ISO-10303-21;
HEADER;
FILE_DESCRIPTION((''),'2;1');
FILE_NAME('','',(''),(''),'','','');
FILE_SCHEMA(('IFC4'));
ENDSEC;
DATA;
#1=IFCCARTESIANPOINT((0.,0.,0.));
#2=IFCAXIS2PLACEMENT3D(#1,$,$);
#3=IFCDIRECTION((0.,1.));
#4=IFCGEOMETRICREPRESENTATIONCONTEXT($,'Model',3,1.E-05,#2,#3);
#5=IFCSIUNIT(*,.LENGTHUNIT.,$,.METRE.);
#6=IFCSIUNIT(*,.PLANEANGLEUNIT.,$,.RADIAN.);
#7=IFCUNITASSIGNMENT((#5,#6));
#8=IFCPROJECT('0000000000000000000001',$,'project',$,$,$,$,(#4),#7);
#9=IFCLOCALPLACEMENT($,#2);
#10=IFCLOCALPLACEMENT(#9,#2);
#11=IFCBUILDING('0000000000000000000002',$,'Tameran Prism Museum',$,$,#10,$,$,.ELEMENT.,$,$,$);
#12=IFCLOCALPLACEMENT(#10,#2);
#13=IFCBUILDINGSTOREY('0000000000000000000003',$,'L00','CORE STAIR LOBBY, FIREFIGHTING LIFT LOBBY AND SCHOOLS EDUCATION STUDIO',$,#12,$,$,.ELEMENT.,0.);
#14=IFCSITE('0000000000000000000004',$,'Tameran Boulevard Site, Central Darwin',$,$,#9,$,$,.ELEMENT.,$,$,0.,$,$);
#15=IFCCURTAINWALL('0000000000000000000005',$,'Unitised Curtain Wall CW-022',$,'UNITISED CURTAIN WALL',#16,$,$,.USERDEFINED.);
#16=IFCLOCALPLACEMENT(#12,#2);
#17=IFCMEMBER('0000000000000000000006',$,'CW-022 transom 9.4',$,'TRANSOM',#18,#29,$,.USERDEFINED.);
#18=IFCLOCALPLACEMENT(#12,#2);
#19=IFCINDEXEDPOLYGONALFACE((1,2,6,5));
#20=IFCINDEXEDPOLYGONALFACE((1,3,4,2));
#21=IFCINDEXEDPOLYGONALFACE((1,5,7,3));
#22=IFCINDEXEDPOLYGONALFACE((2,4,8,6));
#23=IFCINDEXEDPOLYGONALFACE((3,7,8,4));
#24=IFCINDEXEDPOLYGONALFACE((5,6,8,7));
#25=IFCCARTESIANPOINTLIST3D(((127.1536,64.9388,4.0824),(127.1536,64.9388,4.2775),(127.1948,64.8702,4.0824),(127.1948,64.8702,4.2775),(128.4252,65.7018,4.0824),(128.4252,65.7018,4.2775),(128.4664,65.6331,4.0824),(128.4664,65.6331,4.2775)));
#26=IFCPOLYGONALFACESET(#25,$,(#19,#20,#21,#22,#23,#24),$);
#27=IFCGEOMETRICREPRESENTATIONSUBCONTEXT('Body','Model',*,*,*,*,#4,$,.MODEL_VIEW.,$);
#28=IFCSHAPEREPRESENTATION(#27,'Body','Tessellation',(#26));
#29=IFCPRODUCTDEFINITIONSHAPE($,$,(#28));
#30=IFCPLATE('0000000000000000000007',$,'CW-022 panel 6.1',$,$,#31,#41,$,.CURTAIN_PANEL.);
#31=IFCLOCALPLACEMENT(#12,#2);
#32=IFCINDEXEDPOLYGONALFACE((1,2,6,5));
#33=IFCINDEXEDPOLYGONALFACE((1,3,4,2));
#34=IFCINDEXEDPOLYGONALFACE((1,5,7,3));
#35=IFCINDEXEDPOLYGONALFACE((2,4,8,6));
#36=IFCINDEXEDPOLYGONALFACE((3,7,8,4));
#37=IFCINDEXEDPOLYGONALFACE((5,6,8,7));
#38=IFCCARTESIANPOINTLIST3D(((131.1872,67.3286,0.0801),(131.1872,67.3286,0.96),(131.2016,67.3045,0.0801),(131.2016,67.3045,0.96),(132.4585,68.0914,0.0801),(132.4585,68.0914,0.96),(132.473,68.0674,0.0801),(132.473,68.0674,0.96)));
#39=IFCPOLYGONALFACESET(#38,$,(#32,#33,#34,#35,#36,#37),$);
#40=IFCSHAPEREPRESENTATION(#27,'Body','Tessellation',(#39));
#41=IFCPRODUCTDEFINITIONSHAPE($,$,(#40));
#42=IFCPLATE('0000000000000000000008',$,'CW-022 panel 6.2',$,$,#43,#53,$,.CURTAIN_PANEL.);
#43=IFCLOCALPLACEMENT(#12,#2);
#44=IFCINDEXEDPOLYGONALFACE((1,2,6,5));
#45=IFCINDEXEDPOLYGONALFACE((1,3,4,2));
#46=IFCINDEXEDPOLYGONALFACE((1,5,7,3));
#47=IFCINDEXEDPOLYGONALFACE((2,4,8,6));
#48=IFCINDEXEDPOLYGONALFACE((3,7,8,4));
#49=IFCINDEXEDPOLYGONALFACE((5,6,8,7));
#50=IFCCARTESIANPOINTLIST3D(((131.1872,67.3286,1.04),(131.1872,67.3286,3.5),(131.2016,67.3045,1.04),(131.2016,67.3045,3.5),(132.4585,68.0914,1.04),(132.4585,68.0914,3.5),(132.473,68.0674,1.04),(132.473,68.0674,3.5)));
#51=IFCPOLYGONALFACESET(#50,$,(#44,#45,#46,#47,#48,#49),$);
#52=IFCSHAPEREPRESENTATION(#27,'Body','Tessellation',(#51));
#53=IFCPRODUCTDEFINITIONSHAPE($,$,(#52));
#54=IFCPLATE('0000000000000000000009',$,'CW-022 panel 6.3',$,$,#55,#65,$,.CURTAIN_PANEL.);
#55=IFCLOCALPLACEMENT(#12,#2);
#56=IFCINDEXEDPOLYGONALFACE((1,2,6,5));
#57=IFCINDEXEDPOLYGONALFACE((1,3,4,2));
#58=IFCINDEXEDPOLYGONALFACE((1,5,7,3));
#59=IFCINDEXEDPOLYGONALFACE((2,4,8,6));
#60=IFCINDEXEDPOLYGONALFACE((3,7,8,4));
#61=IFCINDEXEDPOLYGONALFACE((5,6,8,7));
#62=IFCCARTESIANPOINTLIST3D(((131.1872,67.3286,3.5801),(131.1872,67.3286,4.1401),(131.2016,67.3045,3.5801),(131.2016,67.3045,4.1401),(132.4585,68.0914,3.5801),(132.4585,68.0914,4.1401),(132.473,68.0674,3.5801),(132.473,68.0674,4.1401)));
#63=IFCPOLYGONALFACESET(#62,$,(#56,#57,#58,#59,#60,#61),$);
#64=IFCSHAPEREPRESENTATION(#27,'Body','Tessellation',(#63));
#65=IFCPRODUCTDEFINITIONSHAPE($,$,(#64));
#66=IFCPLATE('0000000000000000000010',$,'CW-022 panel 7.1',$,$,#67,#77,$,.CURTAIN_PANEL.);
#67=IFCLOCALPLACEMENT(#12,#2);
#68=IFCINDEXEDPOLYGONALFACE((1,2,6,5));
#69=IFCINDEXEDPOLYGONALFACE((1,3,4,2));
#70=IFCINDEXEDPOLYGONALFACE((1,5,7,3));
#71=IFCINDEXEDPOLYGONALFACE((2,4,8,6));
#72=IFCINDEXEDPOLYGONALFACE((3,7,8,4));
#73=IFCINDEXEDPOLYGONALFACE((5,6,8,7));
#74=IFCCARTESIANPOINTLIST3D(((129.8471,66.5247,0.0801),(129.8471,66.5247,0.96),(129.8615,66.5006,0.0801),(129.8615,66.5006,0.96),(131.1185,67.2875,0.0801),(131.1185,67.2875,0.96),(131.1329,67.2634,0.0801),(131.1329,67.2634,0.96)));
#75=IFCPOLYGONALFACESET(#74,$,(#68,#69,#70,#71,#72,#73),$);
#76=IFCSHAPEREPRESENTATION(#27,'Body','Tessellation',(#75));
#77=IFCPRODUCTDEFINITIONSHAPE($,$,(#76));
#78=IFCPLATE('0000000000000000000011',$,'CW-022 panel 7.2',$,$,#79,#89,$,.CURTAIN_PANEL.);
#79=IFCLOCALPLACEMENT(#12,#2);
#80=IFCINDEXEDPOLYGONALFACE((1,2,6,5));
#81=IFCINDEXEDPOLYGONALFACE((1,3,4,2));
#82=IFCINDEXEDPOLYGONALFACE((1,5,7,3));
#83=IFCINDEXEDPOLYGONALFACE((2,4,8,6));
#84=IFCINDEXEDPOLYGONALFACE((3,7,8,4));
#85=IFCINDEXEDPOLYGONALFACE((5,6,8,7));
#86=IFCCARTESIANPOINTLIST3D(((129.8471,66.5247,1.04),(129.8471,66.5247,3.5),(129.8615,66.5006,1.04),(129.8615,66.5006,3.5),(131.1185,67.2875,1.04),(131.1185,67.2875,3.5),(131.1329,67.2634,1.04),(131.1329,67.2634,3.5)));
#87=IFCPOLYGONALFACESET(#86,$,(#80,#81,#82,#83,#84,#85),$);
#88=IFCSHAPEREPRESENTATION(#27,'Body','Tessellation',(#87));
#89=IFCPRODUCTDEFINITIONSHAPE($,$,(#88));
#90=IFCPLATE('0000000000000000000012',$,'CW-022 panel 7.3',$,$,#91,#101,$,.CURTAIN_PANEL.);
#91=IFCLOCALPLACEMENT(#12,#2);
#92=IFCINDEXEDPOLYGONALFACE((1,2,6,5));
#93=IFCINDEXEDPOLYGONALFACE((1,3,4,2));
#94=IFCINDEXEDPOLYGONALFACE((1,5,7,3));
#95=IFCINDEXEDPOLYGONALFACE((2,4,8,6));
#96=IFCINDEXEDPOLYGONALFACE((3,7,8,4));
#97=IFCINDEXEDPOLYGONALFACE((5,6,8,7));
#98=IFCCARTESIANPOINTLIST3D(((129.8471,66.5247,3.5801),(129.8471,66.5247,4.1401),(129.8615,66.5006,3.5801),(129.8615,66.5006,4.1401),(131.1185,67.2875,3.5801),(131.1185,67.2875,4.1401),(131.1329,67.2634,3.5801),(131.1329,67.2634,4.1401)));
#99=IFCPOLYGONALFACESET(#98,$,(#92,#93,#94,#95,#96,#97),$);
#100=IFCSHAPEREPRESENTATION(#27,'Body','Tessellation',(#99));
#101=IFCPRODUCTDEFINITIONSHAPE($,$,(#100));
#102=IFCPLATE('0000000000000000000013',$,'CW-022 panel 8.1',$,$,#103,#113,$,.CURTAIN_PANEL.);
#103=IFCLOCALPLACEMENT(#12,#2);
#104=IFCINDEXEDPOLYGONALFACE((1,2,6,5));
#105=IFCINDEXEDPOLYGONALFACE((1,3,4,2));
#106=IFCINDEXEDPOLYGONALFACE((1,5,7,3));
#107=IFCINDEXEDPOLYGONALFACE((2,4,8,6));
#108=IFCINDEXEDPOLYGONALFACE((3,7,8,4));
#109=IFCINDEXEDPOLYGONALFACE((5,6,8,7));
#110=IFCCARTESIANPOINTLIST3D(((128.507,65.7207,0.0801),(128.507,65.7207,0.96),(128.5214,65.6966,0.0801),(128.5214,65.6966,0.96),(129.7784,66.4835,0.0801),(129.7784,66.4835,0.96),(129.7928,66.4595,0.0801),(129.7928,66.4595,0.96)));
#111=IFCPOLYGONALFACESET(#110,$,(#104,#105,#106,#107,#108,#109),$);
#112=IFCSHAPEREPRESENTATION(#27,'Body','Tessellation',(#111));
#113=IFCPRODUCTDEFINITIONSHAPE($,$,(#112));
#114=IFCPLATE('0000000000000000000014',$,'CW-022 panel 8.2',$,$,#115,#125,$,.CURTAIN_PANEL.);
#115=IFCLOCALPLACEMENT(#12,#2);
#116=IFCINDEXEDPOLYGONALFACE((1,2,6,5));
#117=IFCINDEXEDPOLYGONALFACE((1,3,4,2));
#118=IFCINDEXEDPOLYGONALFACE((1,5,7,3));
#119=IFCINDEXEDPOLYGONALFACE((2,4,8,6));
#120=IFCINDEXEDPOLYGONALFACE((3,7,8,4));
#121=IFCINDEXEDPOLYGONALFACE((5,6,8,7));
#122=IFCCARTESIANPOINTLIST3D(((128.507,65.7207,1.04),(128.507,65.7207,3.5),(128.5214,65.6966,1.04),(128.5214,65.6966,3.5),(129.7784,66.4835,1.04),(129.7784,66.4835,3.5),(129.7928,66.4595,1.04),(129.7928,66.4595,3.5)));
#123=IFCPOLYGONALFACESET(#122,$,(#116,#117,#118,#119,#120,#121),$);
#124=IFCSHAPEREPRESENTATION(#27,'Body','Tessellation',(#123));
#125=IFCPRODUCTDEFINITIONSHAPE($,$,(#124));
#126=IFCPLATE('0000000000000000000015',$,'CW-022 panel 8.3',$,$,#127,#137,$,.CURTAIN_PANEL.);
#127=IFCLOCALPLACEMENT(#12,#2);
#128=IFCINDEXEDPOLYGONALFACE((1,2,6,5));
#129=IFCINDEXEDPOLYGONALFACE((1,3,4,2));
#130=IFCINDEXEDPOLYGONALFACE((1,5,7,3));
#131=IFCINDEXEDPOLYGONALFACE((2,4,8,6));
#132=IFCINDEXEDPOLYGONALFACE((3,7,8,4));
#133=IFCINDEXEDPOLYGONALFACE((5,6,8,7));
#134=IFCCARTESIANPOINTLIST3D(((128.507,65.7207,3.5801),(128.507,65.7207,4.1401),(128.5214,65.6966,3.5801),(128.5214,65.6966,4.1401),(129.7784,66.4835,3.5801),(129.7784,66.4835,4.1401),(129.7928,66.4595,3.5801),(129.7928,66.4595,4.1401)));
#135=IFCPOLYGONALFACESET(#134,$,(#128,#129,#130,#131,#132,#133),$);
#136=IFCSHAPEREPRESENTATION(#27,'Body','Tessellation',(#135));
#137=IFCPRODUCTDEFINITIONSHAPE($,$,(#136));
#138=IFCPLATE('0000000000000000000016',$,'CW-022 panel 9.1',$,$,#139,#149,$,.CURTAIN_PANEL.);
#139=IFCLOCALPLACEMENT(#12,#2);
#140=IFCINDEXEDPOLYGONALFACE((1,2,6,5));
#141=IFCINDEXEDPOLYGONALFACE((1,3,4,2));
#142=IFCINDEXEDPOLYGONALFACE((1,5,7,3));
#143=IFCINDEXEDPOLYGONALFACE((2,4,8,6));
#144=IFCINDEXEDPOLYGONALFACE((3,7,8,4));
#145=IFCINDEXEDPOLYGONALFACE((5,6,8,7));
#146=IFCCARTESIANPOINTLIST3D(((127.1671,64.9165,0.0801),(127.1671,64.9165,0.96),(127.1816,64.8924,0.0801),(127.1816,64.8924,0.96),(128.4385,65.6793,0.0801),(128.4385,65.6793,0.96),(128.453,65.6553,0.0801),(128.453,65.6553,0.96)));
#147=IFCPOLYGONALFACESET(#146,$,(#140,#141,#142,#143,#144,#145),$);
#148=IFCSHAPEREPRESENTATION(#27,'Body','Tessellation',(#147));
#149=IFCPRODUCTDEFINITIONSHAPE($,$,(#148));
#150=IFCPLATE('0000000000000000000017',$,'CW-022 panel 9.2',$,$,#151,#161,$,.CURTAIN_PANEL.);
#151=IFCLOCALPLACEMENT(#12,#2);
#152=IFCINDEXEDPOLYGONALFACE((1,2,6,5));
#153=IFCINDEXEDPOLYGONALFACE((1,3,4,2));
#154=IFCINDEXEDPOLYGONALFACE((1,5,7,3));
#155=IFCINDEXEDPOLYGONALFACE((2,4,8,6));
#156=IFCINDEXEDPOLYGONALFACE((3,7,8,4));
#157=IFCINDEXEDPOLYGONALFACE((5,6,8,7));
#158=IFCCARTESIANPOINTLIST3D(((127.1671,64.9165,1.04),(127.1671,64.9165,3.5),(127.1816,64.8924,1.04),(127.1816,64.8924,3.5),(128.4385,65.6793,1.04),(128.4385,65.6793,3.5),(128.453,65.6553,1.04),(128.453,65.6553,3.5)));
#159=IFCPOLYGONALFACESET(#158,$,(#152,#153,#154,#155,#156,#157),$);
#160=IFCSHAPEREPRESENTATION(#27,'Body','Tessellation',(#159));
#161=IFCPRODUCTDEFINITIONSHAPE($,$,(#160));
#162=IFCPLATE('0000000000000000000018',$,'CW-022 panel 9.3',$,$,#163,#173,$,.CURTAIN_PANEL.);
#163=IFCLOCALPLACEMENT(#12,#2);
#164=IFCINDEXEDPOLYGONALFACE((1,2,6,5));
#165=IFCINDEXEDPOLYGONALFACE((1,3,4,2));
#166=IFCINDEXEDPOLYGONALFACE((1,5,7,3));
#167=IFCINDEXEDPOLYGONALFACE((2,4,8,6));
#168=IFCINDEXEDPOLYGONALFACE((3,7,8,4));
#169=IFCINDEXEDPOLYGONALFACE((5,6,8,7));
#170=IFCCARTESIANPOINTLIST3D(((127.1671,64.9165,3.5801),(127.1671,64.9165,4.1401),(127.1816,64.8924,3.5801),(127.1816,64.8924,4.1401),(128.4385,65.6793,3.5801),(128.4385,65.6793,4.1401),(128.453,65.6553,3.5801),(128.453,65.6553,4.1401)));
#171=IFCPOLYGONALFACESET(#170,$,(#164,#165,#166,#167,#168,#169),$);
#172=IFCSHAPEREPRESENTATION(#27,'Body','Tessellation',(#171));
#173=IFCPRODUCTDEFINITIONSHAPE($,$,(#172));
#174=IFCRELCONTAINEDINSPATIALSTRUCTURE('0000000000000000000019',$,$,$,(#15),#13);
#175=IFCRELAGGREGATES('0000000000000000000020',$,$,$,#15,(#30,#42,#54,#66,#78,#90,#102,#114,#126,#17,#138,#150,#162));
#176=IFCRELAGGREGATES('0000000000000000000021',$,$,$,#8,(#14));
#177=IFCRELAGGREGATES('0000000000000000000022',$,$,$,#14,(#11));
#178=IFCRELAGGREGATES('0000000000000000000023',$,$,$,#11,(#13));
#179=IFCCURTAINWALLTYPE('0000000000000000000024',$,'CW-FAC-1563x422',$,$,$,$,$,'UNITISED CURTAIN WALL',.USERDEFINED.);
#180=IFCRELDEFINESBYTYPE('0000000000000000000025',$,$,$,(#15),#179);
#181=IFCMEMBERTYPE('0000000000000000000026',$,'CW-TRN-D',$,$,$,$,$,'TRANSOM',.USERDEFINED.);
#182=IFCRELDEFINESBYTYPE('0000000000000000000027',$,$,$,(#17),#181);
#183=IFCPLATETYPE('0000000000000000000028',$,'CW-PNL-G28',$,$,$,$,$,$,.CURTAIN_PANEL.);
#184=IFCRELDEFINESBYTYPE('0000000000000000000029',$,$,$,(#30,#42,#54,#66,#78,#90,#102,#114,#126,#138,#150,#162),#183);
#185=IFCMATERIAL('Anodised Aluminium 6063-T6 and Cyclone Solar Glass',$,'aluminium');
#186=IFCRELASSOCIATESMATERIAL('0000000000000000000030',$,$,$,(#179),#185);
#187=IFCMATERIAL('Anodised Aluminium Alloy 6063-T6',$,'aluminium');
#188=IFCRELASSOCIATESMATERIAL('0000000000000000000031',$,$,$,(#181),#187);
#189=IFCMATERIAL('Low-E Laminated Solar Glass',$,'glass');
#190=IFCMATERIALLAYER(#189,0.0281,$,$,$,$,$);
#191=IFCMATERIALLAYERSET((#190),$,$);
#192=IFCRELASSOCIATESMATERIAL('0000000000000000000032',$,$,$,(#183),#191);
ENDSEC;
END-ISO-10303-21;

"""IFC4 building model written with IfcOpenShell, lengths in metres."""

from ifc_helpers import new_model, si_unit, direction, frame, origin, origin_2d, place, context, subcontext, project, spatial, rectangle, extrude, material, layer, layer_set, material_profile, profile_set, type_object, element, aggregate, save


model = new_model("IFC4")

# Units and contexts
model_context = context("Model", 3, precision=1e-05, world=origin(), true_north=direction((0.0, 1.0)))
body_context = subcontext(model_context, "Body", "Model", "MODEL_VIEW")
ifc_project = project(units=[si_unit("LENGTHUNIT", "METRE"), si_unit("PLANEANGLEUNIT", "RADIAN")], contexts=[model_context])

# Site, building, storey
site_placement = place(None, origin())
site = spatial("IfcSite", under=ifc_project, at=site_placement, Name="Tameran Boulevard Site, Central Darwin", CompositionType="ELEMENT", RefElevation=0.0)
building_placement = place(site_placement, origin())
building = spatial("IfcBuilding", under=site, at=building_placement, Name="Tameran Prism Museum", CompositionType="ELEMENT")
storey_placement = place(building_placement, origin())
storey = spatial("IfcBuildingStorey", under=building, at=storey_placement, Name="L00", Description="CORE STAIR LOBBY, FIREFIGHTING LIFT LOBBY AND SCHOOLS EDUCATION STUDIO", CompositionType="ELEMENT", Elevation=0.0)

# Curtain wall, member, plates
ifc_material_1 = material(Name="Anodised Aluminium 6063-T6 and Cyclone Solar Glass", Category="aluminium")
curtain_wall_type = type_object("IfcCurtainWallType", Name="CW-FAC-1563x422", ElementType="UNITISED CURTAIN WALL", PredefinedType="USERDEFINED", material=ifc_material_1)
curtain_wall_placement = place(storey_placement, origin())
curtain_wall = element("IfcCurtainWall", 1, at=curtain_wall_placement, inside=storey, type_object=curtain_wall_type, Name="Unitised Curtain Wall CW-022", ObjectType="UNITISED CURTAIN WALL", PredefinedType="USERDEFINED")
ifc_material_2 = material(Name="Anodised Aluminium Alloy 6063-T6", Category="aluminium")
ifc_material_profile_1 = material_profile(ifc_material_2, rectangle(XDim=0.0801, YDim=0.1951, at=origin_2d()))
ifc_profile_set_1 = profile_set([ifc_material_profile_1])
member_type_1 = type_object("IfcMemberType", Name="CW-TRN-D", ElementType="TRANSOM", PredefinedType="USERDEFINED", material=ifc_profile_set_1)
member_1_placement = place(storey_placement, frame((128.4458, 65.6675, 4.1799), z_axis=(-0.857478, -0.51452, 0.0), x_axis=(0.51452, -0.857478, 0.0)))
member_1 = element("IfcMember", 2, at=member_1_placement, type_object=member_type_1, Name="CW-022 transom 9.4", ObjectType="TRANSOM", PredefinedType="USERDEFINED", context=body_context, shape_type="SweptSolid", body=[
    extrude(rectangle(XDim=0.0801, YDim=0.1951, at=origin_2d()), origin(), (0.0, 0.0, 1.0), 1.4829),
])
ifc_material_3 = material(Name="Low-E Laminated Solar Glass", Category="glass")
ifc_layer = layer(ifc_material_3, 0.0281)
ifc_layer_set = layer_set([ifc_layer])
plate_type = type_object("IfcPlateType", Name="CW-PNL-G28", PredefinedType="CURTAIN_PANEL", material=ifc_layer_set)
plate_1_placement = place(storey_placement, frame((131.8301, 67.698, 0.0801), z_axis=(0.0, 0.0, 1.0), x_axis=(-0.857493, -0.514496, 0.0)))
plate_1 = element("IfcPlate", 3, at=plate_1_placement, type_object=plate_type, Name="CW-022 panel 6.1", PredefinedType="CURTAIN_PANEL", context=body_context, shape_type="SweptSolid", body=[
    extrude(rectangle(XDim=1.4827, YDim=0.0281, at=origin_2d()), origin(), (0.0, 0.0, 1.0), 0.8799),
])
plate_2_placement = place(storey_placement, frame((131.8301, 67.698, 1.04), z_axis=(0.0, 0.0, 1.0), x_axis=(-0.857493, -0.514496, 0.0)))
plate_2 = element("IfcPlate", 4, at=plate_2_placement, type_object=plate_type, Name="CW-022 panel 6.2", PredefinedType="CURTAIN_PANEL", context=body_context, shape_type="SweptSolid", body=[
    extrude(rectangle(XDim=1.4827, YDim=0.0281, at=origin_2d()), origin(), (0.0, 0.0, 1.0), 2.46),
])
plate_3_placement = place(storey_placement, frame((131.8301, 67.698, 3.5801), z_axis=(0.0, 0.0, 1.0), x_axis=(-0.857493, -0.514496, 0.0)))
plate_3 = element("IfcPlate", 5, at=plate_3_placement, type_object=plate_type, Name="CW-022 panel 6.3", PredefinedType="CURTAIN_PANEL", context=body_context, shape_type="SweptSolid", body=[
    extrude(rectangle(XDim=1.4827, YDim=0.0281, at=origin_2d()), origin(), (0.0, 0.0, 1.0), 0.5601),
])
plate_4_placement = place(storey_placement, frame((130.49, 66.894, 0.0801), z_axis=(0.0, 0.0, 1.0), x_axis=(-0.857493, -0.514496, 0.0)))
plate_4 = element("IfcPlate", 6, at=plate_4_placement, type_object=plate_type, Name="CW-022 panel 7.1", PredefinedType="CURTAIN_PANEL", context=body_context, shape_type="SweptSolid", body=[
    extrude(rectangle(XDim=1.4827, YDim=0.0281, at=origin_2d()), origin(), (0.0, 0.0, 1.0), 0.8799),
])
plate_5_placement = place(storey_placement, frame((130.49, 66.894, 1.04), z_axis=(0.0, 0.0, 1.0), x_axis=(-0.857493, -0.514496, 0.0)))
plate_5 = element("IfcPlate", 7, at=plate_5_placement, type_object=plate_type, Name="CW-022 panel 7.2", PredefinedType="CURTAIN_PANEL", context=body_context, shape_type="SweptSolid", body=[
    extrude(rectangle(XDim=1.4827, YDim=0.0281, at=origin_2d()), origin(), (0.0, 0.0, 1.0), 2.46),
])
plate_6_placement = place(storey_placement, frame((130.49, 66.894, 3.5801), z_axis=(0.0, 0.0, 1.0), x_axis=(-0.857493, -0.514496, 0.0)))
plate_6 = element("IfcPlate", 8, at=plate_6_placement, type_object=plate_type, Name="CW-022 panel 7.3", PredefinedType="CURTAIN_PANEL", context=body_context, shape_type="SweptSolid", body=[
    extrude(rectangle(XDim=1.4827, YDim=0.0281, at=origin_2d()), origin(), (0.0, 0.0, 1.0), 0.5601),
])
plate_7_placement = place(storey_placement, frame((129.1499, 66.0901, 0.0801), z_axis=(0.0, 0.0, 1.0), x_axis=(-0.857493, -0.514496, 0.0)))
plate_7 = element("IfcPlate", 9, at=plate_7_placement, type_object=plate_type, Name="CW-022 panel 8.1", PredefinedType="CURTAIN_PANEL", context=body_context, shape_type="SweptSolid", body=[
    extrude(rectangle(XDim=1.4827, YDim=0.0281, at=origin_2d()), origin(), (0.0, 0.0, 1.0), 0.8799),
])
plate_8_placement = place(storey_placement, frame((129.1499, 66.0901, 1.04), z_axis=(0.0, 0.0, 1.0), x_axis=(-0.857493, -0.514496, 0.0)))
plate_8 = element("IfcPlate", 10, at=plate_8_placement, type_object=plate_type, Name="CW-022 panel 8.2", PredefinedType="CURTAIN_PANEL", context=body_context, shape_type="SweptSolid", body=[
    extrude(rectangle(XDim=1.4827, YDim=0.0281, at=origin_2d()), origin(), (0.0, 0.0, 1.0), 2.46),
])
plate_9_placement = place(storey_placement, frame((129.1499, 66.0901, 3.5801), z_axis=(0.0, 0.0, 1.0), x_axis=(-0.857493, -0.514496, 0.0)))
plate_9 = element("IfcPlate", 11, at=plate_9_placement, type_object=plate_type, Name="CW-022 panel 8.3", PredefinedType="CURTAIN_PANEL", context=body_context, shape_type="SweptSolid", body=[
    extrude(rectangle(XDim=1.4827, YDim=0.0281, at=origin_2d()), origin(), (0.0, 0.0, 1.0), 0.5601),
])
plate_10_placement = place(storey_placement, frame((127.8101, 65.2859, 0.0801), z_axis=(0.0, 0.0, 1.0), x_axis=(-0.857493, -0.514496, 0.0)))
plate_10 = element("IfcPlate", 12, at=plate_10_placement, type_object=plate_type, Name="CW-022 panel 9.1", PredefinedType="CURTAIN_PANEL", context=body_context, shape_type="SweptSolid", body=[
    extrude(rectangle(XDim=1.4827, YDim=0.0281, at=origin_2d()), origin(), (0.0, 0.0, 1.0), 0.8799),
])
plate_11_placement = place(storey_placement, frame((127.8101, 65.2859, 1.04), z_axis=(0.0, 0.0, 1.0), x_axis=(-0.857493, -0.514496, 0.0)))
plate_11 = element("IfcPlate", 13, at=plate_11_placement, type_object=plate_type, Name="CW-022 panel 9.2", PredefinedType="CURTAIN_PANEL", context=body_context, shape_type="SweptSolid", body=[
    extrude(rectangle(XDim=1.4827, YDim=0.0281, at=origin_2d()), origin(), (0.0, 0.0, 1.0), 2.46),
])
plate_12_placement = place(storey_placement, frame((127.8101, 65.2859, 3.5801), z_axis=(0.0, 0.0, 1.0), x_axis=(-0.857493, -0.514496, 0.0)))
plate_12 = element("IfcPlate", 14, at=plate_12_placement, type_object=plate_type, Name="CW-022 panel 9.3", PredefinedType="CURTAIN_PANEL", context=body_context, shape_type="SweptSolid", body=[
    extrude(rectangle(XDim=1.4827, YDim=0.0281, at=origin_2d()), origin(), (0.0, 0.0, 1.0), 0.5601),
])
aggregate(curtain_wall, [plate_1, plate_2, plate_3, plate_4, plate_5, plate_6, plate_7, plate_8, plate_9, member_1, plate_10, plate_11, plate_12])

save(model, "model.ifc")
